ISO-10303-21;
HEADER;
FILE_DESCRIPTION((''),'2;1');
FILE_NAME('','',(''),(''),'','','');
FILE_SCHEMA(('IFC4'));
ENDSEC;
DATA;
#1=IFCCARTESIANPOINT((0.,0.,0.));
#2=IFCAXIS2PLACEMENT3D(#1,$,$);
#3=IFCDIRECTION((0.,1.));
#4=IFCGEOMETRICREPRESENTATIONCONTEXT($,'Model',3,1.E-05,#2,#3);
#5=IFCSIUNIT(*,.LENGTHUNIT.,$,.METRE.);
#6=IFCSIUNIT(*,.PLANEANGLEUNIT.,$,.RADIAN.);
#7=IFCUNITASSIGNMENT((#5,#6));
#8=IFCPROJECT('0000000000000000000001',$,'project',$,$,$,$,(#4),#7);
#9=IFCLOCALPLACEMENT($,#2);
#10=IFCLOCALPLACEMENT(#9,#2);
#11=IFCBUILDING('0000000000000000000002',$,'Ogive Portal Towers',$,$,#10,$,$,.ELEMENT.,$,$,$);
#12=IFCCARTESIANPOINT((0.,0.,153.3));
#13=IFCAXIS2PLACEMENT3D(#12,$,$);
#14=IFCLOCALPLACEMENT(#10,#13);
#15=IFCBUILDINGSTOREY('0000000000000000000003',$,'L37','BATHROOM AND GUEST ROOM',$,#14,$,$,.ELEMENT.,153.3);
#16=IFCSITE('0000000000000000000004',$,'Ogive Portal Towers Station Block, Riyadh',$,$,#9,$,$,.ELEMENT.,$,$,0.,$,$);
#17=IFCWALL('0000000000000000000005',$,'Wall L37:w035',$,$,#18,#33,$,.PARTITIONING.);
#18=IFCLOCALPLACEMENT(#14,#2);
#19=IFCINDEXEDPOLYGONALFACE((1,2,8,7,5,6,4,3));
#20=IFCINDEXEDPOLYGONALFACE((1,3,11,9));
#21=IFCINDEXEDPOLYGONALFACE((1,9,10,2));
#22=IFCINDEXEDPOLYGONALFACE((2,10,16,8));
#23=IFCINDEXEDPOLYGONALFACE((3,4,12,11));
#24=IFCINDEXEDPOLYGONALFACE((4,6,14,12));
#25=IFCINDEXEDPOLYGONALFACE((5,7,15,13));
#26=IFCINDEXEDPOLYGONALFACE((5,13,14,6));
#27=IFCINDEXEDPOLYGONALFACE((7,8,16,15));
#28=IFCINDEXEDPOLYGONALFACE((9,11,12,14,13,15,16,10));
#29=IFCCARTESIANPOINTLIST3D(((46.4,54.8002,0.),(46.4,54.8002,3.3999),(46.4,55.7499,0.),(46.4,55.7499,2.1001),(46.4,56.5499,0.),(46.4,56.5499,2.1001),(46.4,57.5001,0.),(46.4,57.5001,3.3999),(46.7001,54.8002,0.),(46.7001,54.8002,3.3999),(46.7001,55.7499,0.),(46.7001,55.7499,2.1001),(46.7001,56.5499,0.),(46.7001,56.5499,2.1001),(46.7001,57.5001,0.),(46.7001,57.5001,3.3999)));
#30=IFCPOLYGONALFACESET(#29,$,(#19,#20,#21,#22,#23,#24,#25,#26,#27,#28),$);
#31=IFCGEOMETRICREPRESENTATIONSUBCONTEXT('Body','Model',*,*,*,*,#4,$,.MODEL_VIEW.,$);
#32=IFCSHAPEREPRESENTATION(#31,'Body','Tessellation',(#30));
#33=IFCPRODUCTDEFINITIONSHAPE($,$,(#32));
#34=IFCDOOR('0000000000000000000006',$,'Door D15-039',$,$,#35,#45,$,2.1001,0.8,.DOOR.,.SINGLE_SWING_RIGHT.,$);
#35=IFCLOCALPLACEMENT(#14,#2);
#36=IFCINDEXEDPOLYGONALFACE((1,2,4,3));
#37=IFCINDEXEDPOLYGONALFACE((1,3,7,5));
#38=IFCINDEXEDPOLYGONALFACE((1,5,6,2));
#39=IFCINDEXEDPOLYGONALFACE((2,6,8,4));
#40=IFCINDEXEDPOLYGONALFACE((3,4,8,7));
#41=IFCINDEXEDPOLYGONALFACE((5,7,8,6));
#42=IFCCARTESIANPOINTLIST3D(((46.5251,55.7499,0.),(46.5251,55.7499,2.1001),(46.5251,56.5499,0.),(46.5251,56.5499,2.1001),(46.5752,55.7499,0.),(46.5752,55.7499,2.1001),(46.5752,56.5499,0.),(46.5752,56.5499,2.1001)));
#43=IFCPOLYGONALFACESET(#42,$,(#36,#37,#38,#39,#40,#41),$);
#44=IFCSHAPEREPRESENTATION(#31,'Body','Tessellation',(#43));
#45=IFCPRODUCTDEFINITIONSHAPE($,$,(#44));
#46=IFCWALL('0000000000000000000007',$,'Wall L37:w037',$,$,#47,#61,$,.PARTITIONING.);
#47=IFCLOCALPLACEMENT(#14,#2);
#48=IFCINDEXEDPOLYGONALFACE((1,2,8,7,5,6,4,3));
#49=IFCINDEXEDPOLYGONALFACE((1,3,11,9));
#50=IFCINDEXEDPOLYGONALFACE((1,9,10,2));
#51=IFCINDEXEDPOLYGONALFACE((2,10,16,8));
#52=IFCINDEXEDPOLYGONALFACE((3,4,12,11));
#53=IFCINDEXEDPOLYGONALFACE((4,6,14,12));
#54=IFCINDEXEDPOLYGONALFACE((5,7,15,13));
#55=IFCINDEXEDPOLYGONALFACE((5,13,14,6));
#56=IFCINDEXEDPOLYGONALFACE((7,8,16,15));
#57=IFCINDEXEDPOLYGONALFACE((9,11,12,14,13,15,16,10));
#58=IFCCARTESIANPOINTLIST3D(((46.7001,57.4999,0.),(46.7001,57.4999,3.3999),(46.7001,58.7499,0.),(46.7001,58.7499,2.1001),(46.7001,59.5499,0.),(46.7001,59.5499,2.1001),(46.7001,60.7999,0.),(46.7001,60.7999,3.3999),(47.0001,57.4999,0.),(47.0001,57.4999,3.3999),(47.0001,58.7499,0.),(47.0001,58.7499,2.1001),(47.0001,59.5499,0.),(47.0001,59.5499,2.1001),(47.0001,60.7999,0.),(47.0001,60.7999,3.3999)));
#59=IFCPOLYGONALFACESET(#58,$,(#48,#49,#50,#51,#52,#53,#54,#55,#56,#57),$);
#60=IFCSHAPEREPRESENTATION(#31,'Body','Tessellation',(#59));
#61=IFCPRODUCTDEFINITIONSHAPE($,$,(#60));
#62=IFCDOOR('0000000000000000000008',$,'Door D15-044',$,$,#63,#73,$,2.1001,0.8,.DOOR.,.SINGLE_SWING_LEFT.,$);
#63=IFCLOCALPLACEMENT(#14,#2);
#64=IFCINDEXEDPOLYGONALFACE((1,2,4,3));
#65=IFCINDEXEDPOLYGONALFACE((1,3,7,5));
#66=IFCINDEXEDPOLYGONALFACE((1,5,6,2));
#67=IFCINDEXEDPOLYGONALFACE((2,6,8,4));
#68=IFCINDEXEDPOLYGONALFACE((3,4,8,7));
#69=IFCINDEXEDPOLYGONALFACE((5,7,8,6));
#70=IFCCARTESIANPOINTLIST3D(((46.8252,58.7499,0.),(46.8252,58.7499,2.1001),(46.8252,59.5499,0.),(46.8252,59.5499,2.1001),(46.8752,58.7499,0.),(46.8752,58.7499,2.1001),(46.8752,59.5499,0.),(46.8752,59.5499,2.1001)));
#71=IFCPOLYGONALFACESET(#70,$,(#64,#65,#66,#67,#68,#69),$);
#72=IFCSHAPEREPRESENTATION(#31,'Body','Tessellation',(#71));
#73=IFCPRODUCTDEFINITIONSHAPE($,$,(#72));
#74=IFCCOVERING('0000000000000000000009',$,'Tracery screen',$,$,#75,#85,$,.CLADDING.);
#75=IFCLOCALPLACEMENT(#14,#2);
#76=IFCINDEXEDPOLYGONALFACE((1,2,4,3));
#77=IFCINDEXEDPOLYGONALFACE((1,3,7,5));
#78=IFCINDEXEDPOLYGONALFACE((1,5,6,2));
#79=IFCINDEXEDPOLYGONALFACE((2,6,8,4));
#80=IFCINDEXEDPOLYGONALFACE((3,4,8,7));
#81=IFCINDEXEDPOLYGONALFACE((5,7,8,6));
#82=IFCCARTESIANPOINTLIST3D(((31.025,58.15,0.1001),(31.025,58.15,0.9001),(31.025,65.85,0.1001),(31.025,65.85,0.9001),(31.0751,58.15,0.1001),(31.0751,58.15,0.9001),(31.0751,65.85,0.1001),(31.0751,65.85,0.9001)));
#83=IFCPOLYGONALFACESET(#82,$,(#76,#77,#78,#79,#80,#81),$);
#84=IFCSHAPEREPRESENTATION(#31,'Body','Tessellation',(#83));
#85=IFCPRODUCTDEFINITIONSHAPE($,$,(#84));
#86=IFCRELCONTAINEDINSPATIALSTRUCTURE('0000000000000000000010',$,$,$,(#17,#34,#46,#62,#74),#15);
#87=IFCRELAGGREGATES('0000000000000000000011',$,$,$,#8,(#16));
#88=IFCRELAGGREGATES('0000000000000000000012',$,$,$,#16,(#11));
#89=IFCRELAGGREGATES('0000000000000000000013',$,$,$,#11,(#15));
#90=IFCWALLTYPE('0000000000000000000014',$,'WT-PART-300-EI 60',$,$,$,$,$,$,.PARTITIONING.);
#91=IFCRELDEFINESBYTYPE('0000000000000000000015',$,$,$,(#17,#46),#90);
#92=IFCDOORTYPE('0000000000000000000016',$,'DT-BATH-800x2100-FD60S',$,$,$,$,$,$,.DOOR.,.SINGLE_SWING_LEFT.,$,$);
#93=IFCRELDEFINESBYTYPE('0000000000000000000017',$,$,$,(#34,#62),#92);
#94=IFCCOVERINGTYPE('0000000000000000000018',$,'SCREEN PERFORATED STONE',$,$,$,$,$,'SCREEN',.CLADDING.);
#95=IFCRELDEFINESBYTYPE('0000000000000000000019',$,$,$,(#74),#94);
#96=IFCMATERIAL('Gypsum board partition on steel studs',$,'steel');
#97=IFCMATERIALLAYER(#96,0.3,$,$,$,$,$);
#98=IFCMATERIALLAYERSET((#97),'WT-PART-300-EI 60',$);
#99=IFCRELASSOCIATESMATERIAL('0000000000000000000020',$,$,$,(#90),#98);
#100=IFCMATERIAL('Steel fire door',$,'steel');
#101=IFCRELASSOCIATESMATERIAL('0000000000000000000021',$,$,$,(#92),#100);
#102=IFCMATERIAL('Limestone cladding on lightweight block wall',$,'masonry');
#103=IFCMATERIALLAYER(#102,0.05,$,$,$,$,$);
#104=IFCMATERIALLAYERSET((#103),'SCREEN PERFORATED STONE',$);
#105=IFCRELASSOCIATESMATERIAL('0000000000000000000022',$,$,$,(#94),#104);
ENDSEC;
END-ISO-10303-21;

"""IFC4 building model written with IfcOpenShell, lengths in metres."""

from ifc_helpers import new_model, si_unit, direction, frame, frame_2d, origin, origin_2d, place, context, subcontext, project, spatial, rectangle, extrude, material, layer, layer_set, type_object, element, fill, save


model = new_model("IFC4")

# Units and contexts
model_context = context("Model", 3, precision=1e-05, world=origin(), true_north=direction((0.0, 1.0)))
body_context = subcontext(model_context, "Body", "Model", "MODEL_VIEW")
ifc_project = project(units=[si_unit("LENGTHUNIT", "METRE"), si_unit("PLANEANGLEUNIT", "RADIAN")], contexts=[model_context])

# Site, building, storey
site_placement = place(None, origin())
site = spatial("IfcSite", under=ifc_project, at=site_placement, Name="Ogive Portal Towers Station Block, Riyadh", CompositionType="ELEMENT", RefElevation=0.0)
building_placement = place(site_placement, origin())
building = spatial("IfcBuilding", under=site, at=building_placement, Name="Ogive Portal Towers", CompositionType="ELEMENT")
storey_placement = place(building_placement, frame((0.0, 0.0, 153.3)))
storey = spatial("IfcBuildingStorey", under=building, at=storey_placement, Name="L37", Description="BATHROOM AND GUEST ROOM", CompositionType="ELEMENT", Elevation=153.3)

# Shared definitions
ifc_material_1 = material(Name="Limestone cladding on lightweight block wall", Category="masonry")

# Shared definitions
ifc_material_2 = material(Name="Steel fire door", Category="steel")

# Shared definitions
ifc_material_3 = material(Name="Gypsum board partition on steel studs", Category="steel")
ifc_layer_1 = layer(ifc_material_3, 0.3)
ifc_layer_set_1 = layer_set([ifc_layer_1], Name="WT-PART-300-EI 60")
wall_type_1 = type_object("IfcWallType", Name="WT-PART-300-EI 60", PredefinedType="PARTITIONING", material=ifc_layer_set_1)

# Walls, openings, doors
wall_1_placement = place(storey_placement, frame((46.55, 54.8, 0.0), z_axis=(0.0, 0.0, 1.0), x_axis=(0.0, 1.0, 0.0)))
wall_1 = element("IfcWall", 1, at=wall_1_placement, inside=storey, type_object=wall_type_1, Name="Wall L37:w035", PredefinedType="PARTITIONING", context=body_context, shape_type="SweptSolid", body=[
    extrude(rectangle(XDim=2.7, YDim=0.3, at=frame_2d((1.3501, 0.0))), origin(), (0.0, 0.0, 1.0), 3.3999),
])
opening_1_placement = place(wall_1_placement, frame((0.95, 0.0, 0.0)))
opening_1 = element("IfcOpeningElement", 2, at=opening_1_placement, cuts=wall_1, PredefinedType="OPENING", context=body_context, shape_type="SweptSolid", body=[
    extrude(rectangle(XDim=0.8, YDim=2.1001, at=frame_2d((0.3999, 1.05))), frame((0.0, 0.1602, 0.0), z_axis=(0.0, -1.0, 0.0), x_axis=(1.0, 0.0, 0.0)), (0.0, 0.0, 1.0), 0.3201),
])
door_type_1 = type_object("IfcDoorType", Name="DT-BATH-800x2100-FD60S", OperationType="SINGLE_SWING_LEFT", PredefinedType="DOOR", material=ifc_material_2)
door_1_placement = place(opening_1_placement, origin())
door_1 = element("IfcDoor", 3, at=door_1_placement, inside=storey, type_object=door_type_1, Name="Door D15-039", OperationType="SINGLE_SWING_RIGHT", OverallHeight=2.1001, OverallWidth=0.8, PredefinedType="DOOR", context=body_context, shape_type="SweptSolid", body=[
    extrude(rectangle(XDim=0.8, YDim=2.1001, at=frame_2d((0.3999, 1.05))), frame((0.0, 0.0249, 0.0), z_axis=(0.0, -1.0, 0.0), x_axis=(1.0, 0.0, 0.0)), (0.0, 0.0, 1.0), 0.05),
])
fill(opening_1, door_1)
wall_2_placement = place(storey_placement, frame((46.8501, 57.5, 0.0), z_axis=(0.0, 0.0, 1.0), x_axis=(0.0, 1.0, 0.0)))
wall_2 = element("IfcWall", 4, at=wall_2_placement, inside=storey, type_object=wall_type_1, Name="Wall L37:w037", PredefinedType="PARTITIONING", context=body_context, shape_type="SweptSolid", body=[
    extrude(rectangle(XDim=3.3, YDim=0.3, at=frame_2d((1.6499, 0.0))), origin(), (0.0, 0.0, 1.0), 3.3999),
])
opening_2_placement = place(wall_2_placement, frame((1.25, 0.0, 0.0)))
opening_2 = element("IfcOpeningElement", 5, at=opening_2_placement, cuts=wall_2, PredefinedType="OPENING", context=body_context, shape_type="SweptSolid", body=[
    extrude(rectangle(XDim=0.8, YDim=2.1001, at=frame_2d((0.3999, 1.05))), frame((0.0, 0.1602, 0.0), z_axis=(0.0, -1.0, 0.0), x_axis=(1.0, 0.0, 0.0)), (0.0, 0.0, 1.0), 0.3201),
])
door_2_placement = place(opening_2_placement, origin())
door_2 = element("IfcDoor", 6, at=door_2_placement, inside=storey, type_object=door_type_1, Name="Door D15-044", OperationType="SINGLE_SWING_LEFT", OverallHeight=2.1001, OverallWidth=0.8, PredefinedType="DOOR", context=body_context, shape_type="SweptSolid", body=[
    extrude(rectangle(XDim=0.8, YDim=2.1001, at=frame_2d((0.3999, 1.05))), frame((0.0, 0.0249, 0.0), z_axis=(0.0, -1.0, 0.0), x_axis=(1.0, 0.0, 0.0)), (0.0, 0.0, 1.0), 0.05),
])
fill(opening_2, door_2)

# Covering
ifc_layer_2 = layer(ifc_material_1, 0.05)
ifc_layer_set_2 = layer_set([ifc_layer_2], Name="SCREEN PERFORATED STONE")
covering_type = type_object("IfcCoveringType", Name="SCREEN PERFORATED STONE", ElementType="SCREEN", PredefinedType="CLADDING", material=ifc_layer_set_2)
covering_placement = place(storey_placement, frame((31.05, 62.0, 0.1001), z_axis=(0.0, 0.0, 1.0), x_axis=(0.0, -1.0, 0.0)))
element("IfcCovering", 7, at=covering_placement, inside=storey, type_object=covering_type, Name="Tracery screen", PredefinedType="CLADDING", context=body_context, shape_type="SweptSolid", body=[
    extrude(rectangle(XDim=7.7, YDim=0.05, at=origin_2d()), origin(), (0.0, 0.0, 1.0), 0.8),
])

save(model, "model.ifc")
